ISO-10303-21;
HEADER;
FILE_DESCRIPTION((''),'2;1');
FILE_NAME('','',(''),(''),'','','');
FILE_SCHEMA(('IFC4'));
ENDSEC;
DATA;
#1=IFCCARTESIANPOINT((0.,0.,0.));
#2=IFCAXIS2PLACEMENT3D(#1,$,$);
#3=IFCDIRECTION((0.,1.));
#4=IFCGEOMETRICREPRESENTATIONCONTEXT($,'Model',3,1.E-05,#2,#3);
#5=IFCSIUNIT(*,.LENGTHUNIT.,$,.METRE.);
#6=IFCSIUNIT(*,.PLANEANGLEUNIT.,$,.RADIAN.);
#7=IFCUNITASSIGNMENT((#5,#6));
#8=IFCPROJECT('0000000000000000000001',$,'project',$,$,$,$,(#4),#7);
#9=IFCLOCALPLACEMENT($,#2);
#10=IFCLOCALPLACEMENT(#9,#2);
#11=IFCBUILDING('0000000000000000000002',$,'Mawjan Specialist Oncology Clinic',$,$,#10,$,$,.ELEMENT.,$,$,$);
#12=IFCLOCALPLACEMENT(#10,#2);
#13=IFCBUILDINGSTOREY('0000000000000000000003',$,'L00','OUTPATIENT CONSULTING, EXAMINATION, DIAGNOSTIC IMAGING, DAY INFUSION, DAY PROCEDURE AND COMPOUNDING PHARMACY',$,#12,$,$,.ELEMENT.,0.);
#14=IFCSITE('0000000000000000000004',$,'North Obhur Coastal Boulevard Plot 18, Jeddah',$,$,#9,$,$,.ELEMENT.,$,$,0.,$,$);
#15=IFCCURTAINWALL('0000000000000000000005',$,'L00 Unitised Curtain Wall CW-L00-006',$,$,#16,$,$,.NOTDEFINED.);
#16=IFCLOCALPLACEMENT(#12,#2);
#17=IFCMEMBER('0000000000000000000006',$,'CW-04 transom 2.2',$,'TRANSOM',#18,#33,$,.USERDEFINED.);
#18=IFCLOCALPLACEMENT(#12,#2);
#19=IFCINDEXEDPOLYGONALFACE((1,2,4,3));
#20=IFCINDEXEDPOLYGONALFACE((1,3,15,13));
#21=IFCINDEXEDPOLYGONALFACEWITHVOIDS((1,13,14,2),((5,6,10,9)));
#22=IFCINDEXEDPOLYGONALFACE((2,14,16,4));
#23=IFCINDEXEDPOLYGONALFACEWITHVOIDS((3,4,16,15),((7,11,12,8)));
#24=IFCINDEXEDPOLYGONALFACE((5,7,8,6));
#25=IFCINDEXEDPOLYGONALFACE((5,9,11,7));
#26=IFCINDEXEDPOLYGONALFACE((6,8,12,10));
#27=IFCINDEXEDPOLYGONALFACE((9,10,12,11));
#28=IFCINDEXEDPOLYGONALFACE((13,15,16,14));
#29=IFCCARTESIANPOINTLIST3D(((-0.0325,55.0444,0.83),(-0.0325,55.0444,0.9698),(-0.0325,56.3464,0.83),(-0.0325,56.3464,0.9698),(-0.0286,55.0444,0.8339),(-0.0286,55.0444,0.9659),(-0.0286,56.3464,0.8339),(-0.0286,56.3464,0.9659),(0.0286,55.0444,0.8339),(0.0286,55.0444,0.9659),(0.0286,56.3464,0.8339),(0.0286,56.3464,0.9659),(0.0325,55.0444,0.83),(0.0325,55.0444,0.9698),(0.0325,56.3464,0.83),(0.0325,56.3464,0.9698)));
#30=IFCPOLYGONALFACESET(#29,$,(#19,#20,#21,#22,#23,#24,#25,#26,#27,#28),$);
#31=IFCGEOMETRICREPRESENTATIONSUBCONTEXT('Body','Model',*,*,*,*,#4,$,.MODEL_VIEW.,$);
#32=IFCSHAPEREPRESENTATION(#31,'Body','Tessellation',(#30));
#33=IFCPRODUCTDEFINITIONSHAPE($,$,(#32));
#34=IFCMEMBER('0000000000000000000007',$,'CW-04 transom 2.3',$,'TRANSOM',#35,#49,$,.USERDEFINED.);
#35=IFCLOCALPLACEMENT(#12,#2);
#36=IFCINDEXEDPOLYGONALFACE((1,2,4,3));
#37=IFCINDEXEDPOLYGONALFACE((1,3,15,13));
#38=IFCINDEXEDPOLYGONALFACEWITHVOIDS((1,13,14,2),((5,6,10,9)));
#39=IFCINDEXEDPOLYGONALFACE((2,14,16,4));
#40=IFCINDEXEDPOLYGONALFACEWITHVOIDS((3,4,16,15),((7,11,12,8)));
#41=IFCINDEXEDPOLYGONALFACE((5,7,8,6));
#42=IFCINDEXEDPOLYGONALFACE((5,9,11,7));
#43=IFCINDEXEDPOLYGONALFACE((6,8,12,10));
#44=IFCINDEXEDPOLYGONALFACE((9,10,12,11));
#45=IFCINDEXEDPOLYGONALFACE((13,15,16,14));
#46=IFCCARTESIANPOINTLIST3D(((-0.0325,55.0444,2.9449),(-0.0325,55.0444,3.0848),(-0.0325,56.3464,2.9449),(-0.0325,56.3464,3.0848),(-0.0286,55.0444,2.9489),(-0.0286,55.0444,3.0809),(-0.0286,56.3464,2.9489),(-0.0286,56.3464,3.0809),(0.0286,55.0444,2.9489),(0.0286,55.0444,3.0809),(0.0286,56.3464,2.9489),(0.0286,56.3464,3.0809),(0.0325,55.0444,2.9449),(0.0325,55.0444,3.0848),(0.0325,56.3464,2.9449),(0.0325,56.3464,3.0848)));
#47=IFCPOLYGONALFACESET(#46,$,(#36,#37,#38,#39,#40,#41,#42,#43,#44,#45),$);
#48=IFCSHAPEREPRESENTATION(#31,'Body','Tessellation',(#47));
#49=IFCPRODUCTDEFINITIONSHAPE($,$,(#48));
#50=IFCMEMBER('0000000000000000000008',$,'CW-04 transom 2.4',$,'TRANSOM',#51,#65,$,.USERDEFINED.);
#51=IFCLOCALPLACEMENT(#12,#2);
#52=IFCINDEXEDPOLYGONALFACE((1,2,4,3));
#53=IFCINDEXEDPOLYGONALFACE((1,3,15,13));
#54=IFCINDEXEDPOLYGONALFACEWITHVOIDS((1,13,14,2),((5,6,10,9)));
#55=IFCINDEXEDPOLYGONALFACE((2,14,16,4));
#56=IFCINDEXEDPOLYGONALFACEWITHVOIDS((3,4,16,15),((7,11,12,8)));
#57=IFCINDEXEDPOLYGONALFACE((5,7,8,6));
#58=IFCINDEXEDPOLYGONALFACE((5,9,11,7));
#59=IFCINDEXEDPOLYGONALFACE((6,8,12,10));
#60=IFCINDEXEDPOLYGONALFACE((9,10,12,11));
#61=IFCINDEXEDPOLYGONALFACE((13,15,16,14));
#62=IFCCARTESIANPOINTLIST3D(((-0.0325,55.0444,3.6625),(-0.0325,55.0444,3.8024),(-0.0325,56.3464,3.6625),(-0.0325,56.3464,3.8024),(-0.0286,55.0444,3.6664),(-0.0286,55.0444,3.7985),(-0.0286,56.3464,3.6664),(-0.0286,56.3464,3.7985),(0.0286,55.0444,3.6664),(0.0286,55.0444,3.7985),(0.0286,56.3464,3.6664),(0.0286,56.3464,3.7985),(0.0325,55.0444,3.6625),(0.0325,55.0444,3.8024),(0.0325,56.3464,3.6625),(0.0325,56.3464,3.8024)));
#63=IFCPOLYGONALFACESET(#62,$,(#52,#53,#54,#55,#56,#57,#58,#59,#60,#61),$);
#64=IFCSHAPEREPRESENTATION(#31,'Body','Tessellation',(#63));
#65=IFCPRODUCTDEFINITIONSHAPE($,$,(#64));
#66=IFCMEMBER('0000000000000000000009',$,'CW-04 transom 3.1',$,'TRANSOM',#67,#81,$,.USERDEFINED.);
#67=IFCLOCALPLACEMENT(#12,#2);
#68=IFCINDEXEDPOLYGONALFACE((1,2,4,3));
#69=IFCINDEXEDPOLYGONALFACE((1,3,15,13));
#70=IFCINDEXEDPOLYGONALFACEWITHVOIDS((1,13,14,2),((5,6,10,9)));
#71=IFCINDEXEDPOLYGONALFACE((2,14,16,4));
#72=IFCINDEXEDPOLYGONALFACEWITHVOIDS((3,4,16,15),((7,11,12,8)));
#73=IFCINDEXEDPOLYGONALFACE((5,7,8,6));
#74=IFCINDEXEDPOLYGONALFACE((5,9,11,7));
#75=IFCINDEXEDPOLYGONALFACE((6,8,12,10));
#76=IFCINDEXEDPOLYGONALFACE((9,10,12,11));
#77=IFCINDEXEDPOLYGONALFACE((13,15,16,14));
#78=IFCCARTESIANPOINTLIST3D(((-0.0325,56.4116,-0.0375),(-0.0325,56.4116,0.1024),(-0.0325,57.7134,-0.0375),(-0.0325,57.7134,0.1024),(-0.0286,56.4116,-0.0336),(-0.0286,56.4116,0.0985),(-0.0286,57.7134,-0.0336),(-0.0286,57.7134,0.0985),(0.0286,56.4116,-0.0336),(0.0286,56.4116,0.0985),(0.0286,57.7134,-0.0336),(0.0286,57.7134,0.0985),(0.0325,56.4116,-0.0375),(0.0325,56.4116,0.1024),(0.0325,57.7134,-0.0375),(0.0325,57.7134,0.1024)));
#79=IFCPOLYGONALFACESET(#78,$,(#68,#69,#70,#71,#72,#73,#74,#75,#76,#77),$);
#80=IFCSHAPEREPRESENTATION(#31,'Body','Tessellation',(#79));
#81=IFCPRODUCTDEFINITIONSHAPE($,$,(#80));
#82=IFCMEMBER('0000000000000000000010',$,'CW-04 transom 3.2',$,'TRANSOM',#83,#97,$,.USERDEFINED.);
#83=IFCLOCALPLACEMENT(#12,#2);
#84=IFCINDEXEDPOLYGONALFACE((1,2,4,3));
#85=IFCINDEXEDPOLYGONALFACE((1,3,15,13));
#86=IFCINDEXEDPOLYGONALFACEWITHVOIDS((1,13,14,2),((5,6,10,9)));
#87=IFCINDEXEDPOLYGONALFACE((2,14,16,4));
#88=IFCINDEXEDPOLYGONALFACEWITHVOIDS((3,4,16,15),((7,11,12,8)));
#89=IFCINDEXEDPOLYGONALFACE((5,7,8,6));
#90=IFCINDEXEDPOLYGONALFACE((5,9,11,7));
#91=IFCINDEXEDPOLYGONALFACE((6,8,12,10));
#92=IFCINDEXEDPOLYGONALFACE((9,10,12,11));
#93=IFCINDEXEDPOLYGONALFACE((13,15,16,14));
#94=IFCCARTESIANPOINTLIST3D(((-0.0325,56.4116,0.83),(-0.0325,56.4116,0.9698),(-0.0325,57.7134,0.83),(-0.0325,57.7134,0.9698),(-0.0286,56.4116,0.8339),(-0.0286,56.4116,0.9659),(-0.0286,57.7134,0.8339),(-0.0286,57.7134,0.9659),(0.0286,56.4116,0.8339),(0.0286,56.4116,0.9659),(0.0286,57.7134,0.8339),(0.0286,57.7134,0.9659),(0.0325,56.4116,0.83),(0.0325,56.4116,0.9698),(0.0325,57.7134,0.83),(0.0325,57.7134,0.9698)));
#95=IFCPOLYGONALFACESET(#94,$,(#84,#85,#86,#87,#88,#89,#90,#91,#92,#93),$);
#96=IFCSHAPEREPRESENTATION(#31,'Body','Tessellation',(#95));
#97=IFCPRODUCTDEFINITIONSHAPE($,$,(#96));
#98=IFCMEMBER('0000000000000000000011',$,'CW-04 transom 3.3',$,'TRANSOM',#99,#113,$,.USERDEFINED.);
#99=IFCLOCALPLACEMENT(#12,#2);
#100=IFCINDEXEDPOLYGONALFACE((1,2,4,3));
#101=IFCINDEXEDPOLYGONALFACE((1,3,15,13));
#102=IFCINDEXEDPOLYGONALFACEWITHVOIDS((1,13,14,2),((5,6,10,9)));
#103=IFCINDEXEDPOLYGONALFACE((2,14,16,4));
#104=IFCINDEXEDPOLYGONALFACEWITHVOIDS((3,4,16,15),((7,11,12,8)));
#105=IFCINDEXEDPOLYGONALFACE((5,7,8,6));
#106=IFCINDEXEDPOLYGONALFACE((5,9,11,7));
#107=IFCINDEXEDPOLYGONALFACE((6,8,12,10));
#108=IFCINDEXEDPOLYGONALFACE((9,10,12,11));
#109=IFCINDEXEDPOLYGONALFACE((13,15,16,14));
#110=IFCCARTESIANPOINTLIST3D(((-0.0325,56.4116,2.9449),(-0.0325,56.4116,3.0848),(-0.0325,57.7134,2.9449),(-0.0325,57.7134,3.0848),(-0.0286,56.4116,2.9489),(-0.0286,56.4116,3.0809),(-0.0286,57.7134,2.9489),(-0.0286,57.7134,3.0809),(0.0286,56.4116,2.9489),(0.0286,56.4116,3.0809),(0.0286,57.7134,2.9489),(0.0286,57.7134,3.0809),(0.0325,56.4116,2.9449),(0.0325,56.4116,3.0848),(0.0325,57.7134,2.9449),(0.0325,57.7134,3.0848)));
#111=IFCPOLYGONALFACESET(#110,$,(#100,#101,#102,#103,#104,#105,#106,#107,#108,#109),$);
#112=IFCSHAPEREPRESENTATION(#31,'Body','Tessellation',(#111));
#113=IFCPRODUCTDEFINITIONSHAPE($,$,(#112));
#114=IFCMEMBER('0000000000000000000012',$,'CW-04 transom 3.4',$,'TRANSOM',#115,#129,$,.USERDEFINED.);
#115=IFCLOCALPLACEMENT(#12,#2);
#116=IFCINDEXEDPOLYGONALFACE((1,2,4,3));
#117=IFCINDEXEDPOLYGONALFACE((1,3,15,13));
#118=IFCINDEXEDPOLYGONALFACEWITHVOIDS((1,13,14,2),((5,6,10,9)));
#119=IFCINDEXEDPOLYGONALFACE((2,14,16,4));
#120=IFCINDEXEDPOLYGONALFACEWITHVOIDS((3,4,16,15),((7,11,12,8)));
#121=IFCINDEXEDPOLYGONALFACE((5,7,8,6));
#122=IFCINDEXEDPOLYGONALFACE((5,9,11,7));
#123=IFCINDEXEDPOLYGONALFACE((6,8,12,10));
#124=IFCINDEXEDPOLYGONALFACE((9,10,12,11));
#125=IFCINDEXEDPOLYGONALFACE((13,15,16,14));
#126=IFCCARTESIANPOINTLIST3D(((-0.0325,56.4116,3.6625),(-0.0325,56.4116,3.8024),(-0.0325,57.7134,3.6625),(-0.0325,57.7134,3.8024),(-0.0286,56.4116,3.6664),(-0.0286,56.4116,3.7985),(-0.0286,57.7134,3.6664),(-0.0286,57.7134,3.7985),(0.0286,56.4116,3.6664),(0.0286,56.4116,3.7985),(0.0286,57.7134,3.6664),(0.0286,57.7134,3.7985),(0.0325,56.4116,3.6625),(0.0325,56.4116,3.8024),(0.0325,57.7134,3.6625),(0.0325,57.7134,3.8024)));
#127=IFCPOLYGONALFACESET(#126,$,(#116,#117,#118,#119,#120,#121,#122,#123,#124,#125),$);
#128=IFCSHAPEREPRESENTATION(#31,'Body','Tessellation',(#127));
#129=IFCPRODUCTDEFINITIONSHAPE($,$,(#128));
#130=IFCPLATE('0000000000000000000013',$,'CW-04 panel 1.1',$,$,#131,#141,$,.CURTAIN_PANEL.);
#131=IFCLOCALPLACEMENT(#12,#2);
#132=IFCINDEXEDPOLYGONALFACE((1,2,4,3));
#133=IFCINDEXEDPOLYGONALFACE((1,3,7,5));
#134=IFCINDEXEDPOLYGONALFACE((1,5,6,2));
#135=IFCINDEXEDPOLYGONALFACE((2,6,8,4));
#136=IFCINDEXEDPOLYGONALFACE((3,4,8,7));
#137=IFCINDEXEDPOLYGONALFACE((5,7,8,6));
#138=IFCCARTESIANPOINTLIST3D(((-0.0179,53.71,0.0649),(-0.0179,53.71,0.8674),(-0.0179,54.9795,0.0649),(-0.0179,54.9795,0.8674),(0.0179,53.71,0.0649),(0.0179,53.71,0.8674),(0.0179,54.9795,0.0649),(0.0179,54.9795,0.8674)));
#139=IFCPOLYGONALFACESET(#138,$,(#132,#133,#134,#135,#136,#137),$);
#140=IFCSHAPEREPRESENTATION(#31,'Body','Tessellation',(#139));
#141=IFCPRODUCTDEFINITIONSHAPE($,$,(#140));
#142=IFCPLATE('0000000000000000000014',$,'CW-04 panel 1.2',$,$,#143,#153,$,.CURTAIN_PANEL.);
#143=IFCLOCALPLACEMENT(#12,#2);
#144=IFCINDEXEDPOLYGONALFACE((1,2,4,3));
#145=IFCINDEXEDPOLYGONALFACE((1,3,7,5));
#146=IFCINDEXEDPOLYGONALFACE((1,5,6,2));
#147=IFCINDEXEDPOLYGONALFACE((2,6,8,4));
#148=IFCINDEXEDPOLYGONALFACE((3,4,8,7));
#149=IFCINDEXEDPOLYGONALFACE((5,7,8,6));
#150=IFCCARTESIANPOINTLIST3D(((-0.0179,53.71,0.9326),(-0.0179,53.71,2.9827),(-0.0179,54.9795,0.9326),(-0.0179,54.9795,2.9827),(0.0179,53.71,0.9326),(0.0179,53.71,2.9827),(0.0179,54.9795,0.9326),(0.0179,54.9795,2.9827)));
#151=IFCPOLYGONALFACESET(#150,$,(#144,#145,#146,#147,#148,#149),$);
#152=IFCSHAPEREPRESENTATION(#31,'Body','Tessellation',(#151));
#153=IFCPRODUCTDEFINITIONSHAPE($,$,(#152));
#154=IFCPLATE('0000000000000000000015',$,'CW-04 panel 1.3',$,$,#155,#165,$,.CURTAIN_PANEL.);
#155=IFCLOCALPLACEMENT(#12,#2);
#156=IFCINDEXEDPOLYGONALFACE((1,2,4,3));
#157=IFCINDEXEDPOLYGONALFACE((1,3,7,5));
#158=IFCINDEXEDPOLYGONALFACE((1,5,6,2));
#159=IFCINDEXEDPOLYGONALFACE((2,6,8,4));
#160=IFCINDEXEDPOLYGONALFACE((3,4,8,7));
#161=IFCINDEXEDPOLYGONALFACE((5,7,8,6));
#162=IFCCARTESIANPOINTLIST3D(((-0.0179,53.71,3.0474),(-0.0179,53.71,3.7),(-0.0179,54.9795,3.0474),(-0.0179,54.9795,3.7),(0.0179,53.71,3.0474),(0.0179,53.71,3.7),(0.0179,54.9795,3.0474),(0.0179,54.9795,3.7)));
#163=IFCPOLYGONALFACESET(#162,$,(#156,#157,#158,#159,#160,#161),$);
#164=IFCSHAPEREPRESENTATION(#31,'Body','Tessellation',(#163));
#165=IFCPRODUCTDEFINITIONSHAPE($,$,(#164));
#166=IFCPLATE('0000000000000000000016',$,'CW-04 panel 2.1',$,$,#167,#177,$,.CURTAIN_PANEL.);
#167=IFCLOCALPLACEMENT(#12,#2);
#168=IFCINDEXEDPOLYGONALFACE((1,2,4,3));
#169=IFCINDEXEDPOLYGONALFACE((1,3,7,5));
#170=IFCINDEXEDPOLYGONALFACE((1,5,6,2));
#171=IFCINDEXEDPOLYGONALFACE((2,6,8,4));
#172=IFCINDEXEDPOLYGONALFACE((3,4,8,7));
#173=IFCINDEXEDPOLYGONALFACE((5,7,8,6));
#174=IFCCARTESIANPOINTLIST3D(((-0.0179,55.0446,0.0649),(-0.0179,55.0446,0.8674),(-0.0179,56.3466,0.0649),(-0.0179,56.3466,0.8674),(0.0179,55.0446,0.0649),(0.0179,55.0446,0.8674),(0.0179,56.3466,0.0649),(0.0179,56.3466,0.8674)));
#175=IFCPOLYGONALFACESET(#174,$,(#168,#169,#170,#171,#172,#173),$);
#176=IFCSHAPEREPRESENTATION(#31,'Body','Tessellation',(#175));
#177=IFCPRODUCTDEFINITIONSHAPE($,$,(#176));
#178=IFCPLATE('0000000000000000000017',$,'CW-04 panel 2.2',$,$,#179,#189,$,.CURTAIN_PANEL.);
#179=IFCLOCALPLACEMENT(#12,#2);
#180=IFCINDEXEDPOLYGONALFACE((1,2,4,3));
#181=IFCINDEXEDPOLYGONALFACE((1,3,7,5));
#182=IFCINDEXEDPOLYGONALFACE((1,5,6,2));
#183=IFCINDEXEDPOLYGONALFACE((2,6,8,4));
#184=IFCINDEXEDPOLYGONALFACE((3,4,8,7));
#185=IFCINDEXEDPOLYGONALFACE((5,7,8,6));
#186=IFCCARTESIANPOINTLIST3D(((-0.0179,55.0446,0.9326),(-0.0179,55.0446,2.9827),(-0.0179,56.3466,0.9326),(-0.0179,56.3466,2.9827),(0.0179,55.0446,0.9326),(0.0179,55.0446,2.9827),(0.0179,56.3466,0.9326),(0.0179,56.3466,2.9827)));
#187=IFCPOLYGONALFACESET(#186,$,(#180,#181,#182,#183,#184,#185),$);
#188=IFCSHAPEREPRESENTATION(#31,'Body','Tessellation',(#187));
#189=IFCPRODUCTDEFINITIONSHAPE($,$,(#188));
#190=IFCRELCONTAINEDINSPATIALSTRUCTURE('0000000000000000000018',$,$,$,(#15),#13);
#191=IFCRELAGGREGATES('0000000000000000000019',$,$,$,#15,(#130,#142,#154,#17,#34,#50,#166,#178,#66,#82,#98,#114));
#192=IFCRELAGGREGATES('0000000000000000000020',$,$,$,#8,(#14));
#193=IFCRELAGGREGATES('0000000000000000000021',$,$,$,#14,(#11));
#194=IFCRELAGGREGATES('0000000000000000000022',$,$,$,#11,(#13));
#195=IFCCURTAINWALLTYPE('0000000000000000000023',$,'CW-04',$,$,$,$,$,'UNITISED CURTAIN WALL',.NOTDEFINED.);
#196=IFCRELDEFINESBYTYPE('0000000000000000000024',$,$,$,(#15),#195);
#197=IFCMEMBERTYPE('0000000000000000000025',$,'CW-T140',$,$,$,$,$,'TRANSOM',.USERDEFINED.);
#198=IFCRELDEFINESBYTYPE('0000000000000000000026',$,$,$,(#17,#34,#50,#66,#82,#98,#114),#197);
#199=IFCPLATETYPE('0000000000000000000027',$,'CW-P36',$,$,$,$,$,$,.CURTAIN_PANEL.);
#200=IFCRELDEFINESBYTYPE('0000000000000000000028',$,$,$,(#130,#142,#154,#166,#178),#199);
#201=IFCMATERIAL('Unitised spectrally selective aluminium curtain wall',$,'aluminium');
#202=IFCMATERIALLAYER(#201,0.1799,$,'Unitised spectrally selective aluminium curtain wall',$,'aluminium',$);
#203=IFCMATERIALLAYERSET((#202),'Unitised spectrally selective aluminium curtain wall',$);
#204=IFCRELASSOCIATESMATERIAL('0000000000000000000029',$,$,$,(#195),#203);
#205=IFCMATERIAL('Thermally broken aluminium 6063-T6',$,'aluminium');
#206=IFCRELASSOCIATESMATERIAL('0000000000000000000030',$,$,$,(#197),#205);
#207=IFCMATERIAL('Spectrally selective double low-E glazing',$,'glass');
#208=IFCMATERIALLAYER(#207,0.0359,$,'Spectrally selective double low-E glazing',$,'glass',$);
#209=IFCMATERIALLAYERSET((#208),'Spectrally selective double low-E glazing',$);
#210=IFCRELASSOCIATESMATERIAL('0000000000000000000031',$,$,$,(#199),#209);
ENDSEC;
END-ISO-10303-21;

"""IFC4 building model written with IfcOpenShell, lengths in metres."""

from ifc_helpers import new_model, si_unit, direction, frame, origin, origin_2d, place, context, subcontext, project, spatial, rectangle, hollow_rectangle, extrude, material, layer, layer_set, material_profile, profile_set, type_object, element, aggregate, save


model = new_model("IFC4")

# Units and contexts
model_context = context("Model", 3, precision=1e-05, world=origin(), true_north=direction((0.0, 1.0)))
body_context = subcontext(model_context, "Body", "Model", "MODEL_VIEW")
ifc_project = project(units=[si_unit("LENGTHUNIT", "METRE"), si_unit("PLANEANGLEUNIT", "RADIAN")], contexts=[model_context])

# Site, building, storey
site_placement = place(None, origin())
site = spatial("IfcSite", under=ifc_project, at=site_placement, Name="North Obhur Coastal Boulevard Plot 18, Jeddah", CompositionType="ELEMENT", RefElevation=0.0)
building_placement = place(site_placement, origin())
building = spatial("IfcBuilding", under=site, at=building_placement, Name="Mawjan Specialist Oncology Clinic", CompositionType="ELEMENT")
storey_placement = place(building_placement, origin())
storey = spatial("IfcBuildingStorey", under=building, at=storey_placement, Name="L00", Description="OUTPATIENT CONSULTING, EXAMINATION, DIAGNOSTIC IMAGING, DAY INFUSION, DAY PROCEDURE AND COMPOUNDING PHARMACY", CompositionType="ELEMENT", Elevation=0.0)

# Curtain wall, members, plates
ifc_material_1 = material(Name="Unitised spectrally selective aluminium curtain wall", Category="aluminium")
ifc_layer_1 = layer(ifc_material_1, 0.1799, Name="Unitised spectrally selective aluminium curtain wall", Category="aluminium")
ifc_layer_set_1 = layer_set([ifc_layer_1], Name="Unitised spectrally selective aluminium curtain wall")
curtain_wall_type = type_object("IfcCurtainWallType", Name="CW-04", ElementType="UNITISED CURTAIN WALL", PredefinedType="NOTDEFINED", material=ifc_layer_set_1)
curtain_wall_placement = place(storey_placement, origin())
curtain_wall = element("IfcCurtainWall", 1, at=curtain_wall_placement, inside=storey, type_object=curtain_wall_type, Name="L00 Unitised Curtain Wall CW-L00-006", PredefinedType="NOTDEFINED")
ifc_material_2 = material(Name="Thermally broken aluminium 6063-T6", Category="aluminium")
ifc_material_profile_1 = material_profile(ifc_material_2, hollow_rectangle(XDim=0.0649, YDim=0.1399, WallThickness=0.0039, at=origin_2d()), Name="ALU TRANSOM 140x65x4", Category="aluminium")
ifc_profile_set_1 = profile_set([ifc_material_profile_1], Name="Thermally broken aluminium 6063-T6")
member_type_1 = type_object("IfcMemberType", Name="CW-T140", ElementType="TRANSOM", PredefinedType="USERDEFINED", material=ifc_profile_set_1)
member_1_placement = place(storey_placement, frame((0.0, 55.0444, 0.8999), z_axis=(0.0, 1.0, 0.0), x_axis=(-1.0, 0.0, 0.0)))
member_1 = element("IfcMember", 2, at=member_1_placement, type_object=member_type_1, Name="CW-04 transom 2.2", ObjectType="TRANSOM", PredefinedType="USERDEFINED", context=body_context, shape_type="SweptSolid", body=[
    extrude(hollow_rectangle(XDim=0.0649, YDim=0.1399, WallThickness=0.0039, at=origin_2d()), origin(), (0.0, 0.0, 1.0), 1.302),
])
member_2_placement = place(storey_placement, frame((0.0, 55.0444, 3.0149), z_axis=(0.0, 1.0, 0.0), x_axis=(-1.0, 0.0, 0.0)))
member_2 = element("IfcMember", 3, at=member_2_placement, type_object=member_type_1, Name="CW-04 transom 2.3", ObjectType="TRANSOM", PredefinedType="USERDEFINED", context=body_context, shape_type="SweptSolid", body=[
    extrude(hollow_rectangle(XDim=0.0649, YDim=0.1399, WallThickness=0.0039, at=origin_2d()), origin(), (0.0, 0.0, 1.0), 1.302),
])
member_3_placement = place(storey_placement, frame((0.0, 55.0444, 3.7324), z_axis=(0.0, 1.0, 0.0), x_axis=(-1.0, 0.0, 0.0)))
member_3 = element("IfcMember", 4, at=member_3_placement, type_object=member_type_1, Name="CW-04 transom 2.4", ObjectType="TRANSOM", PredefinedType="USERDEFINED", context=body_context, shape_type="SweptSolid", body=[
    extrude(hollow_rectangle(XDim=0.0649, YDim=0.1399, WallThickness=0.0039, at=origin_2d()), origin(), (0.0, 0.0, 1.0), 1.302),
])
member_4_placement = place(storey_placement, frame((0.0, 56.4116, 0.0325), z_axis=(0.0, 1.0, 0.0), x_axis=(-1.0, 0.0, 0.0)))
member_4 = element("IfcMember", 5, at=member_4_placement, type_object=member_type_1, Name="CW-04 transom 3.1", ObjectType="TRANSOM", PredefinedType="USERDEFINED", context=body_context, shape_type="SweptSolid", body=[
    extrude(hollow_rectangle(XDim=0.0649, YDim=0.1399, WallThickness=0.0039, at=origin_2d()), origin(), (0.0, 0.0, 1.0), 1.3018),
])
member_5_placement = place(storey_placement, frame((0.0, 56.4116, 0.8999), z_axis=(0.0, 1.0, 0.0), x_axis=(-1.0, 0.0, 0.0)))
member_5 = element("IfcMember", 6, at=member_5_placement, type_object=member_type_1, Name="CW-04 transom 3.2", ObjectType="TRANSOM", PredefinedType="USERDEFINED", context=body_context, shape_type="SweptSolid", body=[
    extrude(hollow_rectangle(XDim=0.0649, YDim=0.1399, WallThickness=0.0039, at=origin_2d()), origin(), (0.0, 0.0, 1.0), 1.3018),
])
member_6_placement = place(storey_placement, frame((0.0, 56.4116, 3.0149), z_axis=(0.0, 1.0, 0.0), x_axis=(-1.0, 0.0, 0.0)))
member_6 = element("IfcMember", 7, at=member_6_placement, type_object=member_type_1, Name="CW-04 transom 3.3", ObjectType="TRANSOM", PredefinedType="USERDEFINED", context=body_context, shape_type="SweptSolid", body=[
    extrude(hollow_rectangle(XDim=0.0649, YDim=0.1399, WallThickness=0.0039, at=origin_2d()), origin(), (0.0, 0.0, 1.0), 1.3018),
])
member_7_placement = place(storey_placement, frame((0.0, 56.4116, 3.7324), z_axis=(0.0, 1.0, 0.0), x_axis=(-1.0, 0.0, 0.0)))
member_7 = element("IfcMember", 8, at=member_7_placement, type_object=member_type_1, Name="CW-04 transom 3.4", ObjectType="TRANSOM", PredefinedType="USERDEFINED", context=body_context, shape_type="SweptSolid", body=[
    extrude(hollow_rectangle(XDim=0.0649, YDim=0.1399, WallThickness=0.0039, at=origin_2d()), origin(), (0.0, 0.0, 1.0), 1.3018),
])
ifc_material_3 = material(Name="Spectrally selective double low-E glazing", Category="glass")
ifc_layer_2 = layer(ifc_material_3, 0.0359, Name="Spectrally selective double low-E glazing", Category="glass")
ifc_layer_set_2 = layer_set([ifc_layer_2], Name="Spectrally selective double low-E glazing")
plate_type = type_object("IfcPlateType", Name="CW-P36", PredefinedType="CURTAIN_PANEL", material=ifc_layer_set_2)
plate_1_placement = place(storey_placement, frame((0.0, 54.3447, 0.0649), z_axis=(0.0, 0.0, 1.0), x_axis=(0.0, 1.0, 0.0)))
plate_1 = element("IfcPlate", 9, at=plate_1_placement, type_object=plate_type, Name="CW-04 panel 1.1", PredefinedType="CURTAIN_PANEL", context=body_context, shape_type="SweptSolid", body=[
    extrude(rectangle(XDim=1.2695, YDim=0.0359, at=origin_2d()), origin(), (0.0, 0.0, 1.0), 0.8025),
])
plate_2_placement = place(storey_placement, frame((0.0, 54.3447, 0.9326), z_axis=(0.0, 0.0, 1.0), x_axis=(0.0, 1.0, 0.0)))
plate_2 = element("IfcPlate", 10, at=plate_2_placement, type_object=plate_type, Name="CW-04 panel 1.2", PredefinedType="CURTAIN_PANEL", context=body_context, shape_type="SweptSolid", body=[
    extrude(rectangle(XDim=1.2695, YDim=0.0359, at=origin_2d()), origin(), (0.0, 0.0, 1.0), 2.05),
])
plate_3_placement = place(storey_placement, frame((0.0, 54.3447, 3.0474), z_axis=(0.0, 0.0, 1.0), x_axis=(0.0, 1.0, 0.0)))
plate_3 = element("IfcPlate", 11, at=plate_3_placement, type_object=plate_type, Name="CW-04 panel 1.3", PredefinedType="CURTAIN_PANEL", context=body_context, shape_type="SweptSolid", body=[
    extrude(rectangle(XDim=1.2695, YDim=0.0359, at=origin_2d()), origin(), (0.0, 0.0, 1.0), 0.6526),
])
plate_4_placement = place(storey_placement, frame((0.0, 55.6956, 0.0649), z_axis=(0.0, 0.0, 1.0), x_axis=(0.0, 1.0, 0.0)))
plate_4 = element("IfcPlate", 12, at=plate_4_placement, type_object=plate_type, Name="CW-04 panel 2.1", PredefinedType="CURTAIN_PANEL", context=body_context, shape_type="SweptSolid", body=[
    extrude(rectangle(XDim=1.302, YDim=0.0359, at=origin_2d()), origin(), (0.0, 0.0, 1.0), 0.8025),
])
plate_5_placement = place(storey_placement, frame((0.0, 55.6956, 0.9326), z_axis=(0.0, 0.0, 1.0), x_axis=(0.0, 1.0, 0.0)))
plate_5 = element("IfcPlate", 13, at=plate_5_placement, type_object=plate_type, Name="CW-04 panel 2.2", PredefinedType="CURTAIN_PANEL", context=body_context, shape_type="SweptSolid", body=[
    extrude(rectangle(XDim=1.302, YDim=0.0359, at=origin_2d()), origin(), (0.0, 0.0, 1.0), 2.05),
])
aggregate(curtain_wall, [plate_1, plate_2, plate_3, member_1, member_2, member_3, plate_4, plate_5, member_4, member_5, member_6, member_7])

save(model, "model.ifc")
